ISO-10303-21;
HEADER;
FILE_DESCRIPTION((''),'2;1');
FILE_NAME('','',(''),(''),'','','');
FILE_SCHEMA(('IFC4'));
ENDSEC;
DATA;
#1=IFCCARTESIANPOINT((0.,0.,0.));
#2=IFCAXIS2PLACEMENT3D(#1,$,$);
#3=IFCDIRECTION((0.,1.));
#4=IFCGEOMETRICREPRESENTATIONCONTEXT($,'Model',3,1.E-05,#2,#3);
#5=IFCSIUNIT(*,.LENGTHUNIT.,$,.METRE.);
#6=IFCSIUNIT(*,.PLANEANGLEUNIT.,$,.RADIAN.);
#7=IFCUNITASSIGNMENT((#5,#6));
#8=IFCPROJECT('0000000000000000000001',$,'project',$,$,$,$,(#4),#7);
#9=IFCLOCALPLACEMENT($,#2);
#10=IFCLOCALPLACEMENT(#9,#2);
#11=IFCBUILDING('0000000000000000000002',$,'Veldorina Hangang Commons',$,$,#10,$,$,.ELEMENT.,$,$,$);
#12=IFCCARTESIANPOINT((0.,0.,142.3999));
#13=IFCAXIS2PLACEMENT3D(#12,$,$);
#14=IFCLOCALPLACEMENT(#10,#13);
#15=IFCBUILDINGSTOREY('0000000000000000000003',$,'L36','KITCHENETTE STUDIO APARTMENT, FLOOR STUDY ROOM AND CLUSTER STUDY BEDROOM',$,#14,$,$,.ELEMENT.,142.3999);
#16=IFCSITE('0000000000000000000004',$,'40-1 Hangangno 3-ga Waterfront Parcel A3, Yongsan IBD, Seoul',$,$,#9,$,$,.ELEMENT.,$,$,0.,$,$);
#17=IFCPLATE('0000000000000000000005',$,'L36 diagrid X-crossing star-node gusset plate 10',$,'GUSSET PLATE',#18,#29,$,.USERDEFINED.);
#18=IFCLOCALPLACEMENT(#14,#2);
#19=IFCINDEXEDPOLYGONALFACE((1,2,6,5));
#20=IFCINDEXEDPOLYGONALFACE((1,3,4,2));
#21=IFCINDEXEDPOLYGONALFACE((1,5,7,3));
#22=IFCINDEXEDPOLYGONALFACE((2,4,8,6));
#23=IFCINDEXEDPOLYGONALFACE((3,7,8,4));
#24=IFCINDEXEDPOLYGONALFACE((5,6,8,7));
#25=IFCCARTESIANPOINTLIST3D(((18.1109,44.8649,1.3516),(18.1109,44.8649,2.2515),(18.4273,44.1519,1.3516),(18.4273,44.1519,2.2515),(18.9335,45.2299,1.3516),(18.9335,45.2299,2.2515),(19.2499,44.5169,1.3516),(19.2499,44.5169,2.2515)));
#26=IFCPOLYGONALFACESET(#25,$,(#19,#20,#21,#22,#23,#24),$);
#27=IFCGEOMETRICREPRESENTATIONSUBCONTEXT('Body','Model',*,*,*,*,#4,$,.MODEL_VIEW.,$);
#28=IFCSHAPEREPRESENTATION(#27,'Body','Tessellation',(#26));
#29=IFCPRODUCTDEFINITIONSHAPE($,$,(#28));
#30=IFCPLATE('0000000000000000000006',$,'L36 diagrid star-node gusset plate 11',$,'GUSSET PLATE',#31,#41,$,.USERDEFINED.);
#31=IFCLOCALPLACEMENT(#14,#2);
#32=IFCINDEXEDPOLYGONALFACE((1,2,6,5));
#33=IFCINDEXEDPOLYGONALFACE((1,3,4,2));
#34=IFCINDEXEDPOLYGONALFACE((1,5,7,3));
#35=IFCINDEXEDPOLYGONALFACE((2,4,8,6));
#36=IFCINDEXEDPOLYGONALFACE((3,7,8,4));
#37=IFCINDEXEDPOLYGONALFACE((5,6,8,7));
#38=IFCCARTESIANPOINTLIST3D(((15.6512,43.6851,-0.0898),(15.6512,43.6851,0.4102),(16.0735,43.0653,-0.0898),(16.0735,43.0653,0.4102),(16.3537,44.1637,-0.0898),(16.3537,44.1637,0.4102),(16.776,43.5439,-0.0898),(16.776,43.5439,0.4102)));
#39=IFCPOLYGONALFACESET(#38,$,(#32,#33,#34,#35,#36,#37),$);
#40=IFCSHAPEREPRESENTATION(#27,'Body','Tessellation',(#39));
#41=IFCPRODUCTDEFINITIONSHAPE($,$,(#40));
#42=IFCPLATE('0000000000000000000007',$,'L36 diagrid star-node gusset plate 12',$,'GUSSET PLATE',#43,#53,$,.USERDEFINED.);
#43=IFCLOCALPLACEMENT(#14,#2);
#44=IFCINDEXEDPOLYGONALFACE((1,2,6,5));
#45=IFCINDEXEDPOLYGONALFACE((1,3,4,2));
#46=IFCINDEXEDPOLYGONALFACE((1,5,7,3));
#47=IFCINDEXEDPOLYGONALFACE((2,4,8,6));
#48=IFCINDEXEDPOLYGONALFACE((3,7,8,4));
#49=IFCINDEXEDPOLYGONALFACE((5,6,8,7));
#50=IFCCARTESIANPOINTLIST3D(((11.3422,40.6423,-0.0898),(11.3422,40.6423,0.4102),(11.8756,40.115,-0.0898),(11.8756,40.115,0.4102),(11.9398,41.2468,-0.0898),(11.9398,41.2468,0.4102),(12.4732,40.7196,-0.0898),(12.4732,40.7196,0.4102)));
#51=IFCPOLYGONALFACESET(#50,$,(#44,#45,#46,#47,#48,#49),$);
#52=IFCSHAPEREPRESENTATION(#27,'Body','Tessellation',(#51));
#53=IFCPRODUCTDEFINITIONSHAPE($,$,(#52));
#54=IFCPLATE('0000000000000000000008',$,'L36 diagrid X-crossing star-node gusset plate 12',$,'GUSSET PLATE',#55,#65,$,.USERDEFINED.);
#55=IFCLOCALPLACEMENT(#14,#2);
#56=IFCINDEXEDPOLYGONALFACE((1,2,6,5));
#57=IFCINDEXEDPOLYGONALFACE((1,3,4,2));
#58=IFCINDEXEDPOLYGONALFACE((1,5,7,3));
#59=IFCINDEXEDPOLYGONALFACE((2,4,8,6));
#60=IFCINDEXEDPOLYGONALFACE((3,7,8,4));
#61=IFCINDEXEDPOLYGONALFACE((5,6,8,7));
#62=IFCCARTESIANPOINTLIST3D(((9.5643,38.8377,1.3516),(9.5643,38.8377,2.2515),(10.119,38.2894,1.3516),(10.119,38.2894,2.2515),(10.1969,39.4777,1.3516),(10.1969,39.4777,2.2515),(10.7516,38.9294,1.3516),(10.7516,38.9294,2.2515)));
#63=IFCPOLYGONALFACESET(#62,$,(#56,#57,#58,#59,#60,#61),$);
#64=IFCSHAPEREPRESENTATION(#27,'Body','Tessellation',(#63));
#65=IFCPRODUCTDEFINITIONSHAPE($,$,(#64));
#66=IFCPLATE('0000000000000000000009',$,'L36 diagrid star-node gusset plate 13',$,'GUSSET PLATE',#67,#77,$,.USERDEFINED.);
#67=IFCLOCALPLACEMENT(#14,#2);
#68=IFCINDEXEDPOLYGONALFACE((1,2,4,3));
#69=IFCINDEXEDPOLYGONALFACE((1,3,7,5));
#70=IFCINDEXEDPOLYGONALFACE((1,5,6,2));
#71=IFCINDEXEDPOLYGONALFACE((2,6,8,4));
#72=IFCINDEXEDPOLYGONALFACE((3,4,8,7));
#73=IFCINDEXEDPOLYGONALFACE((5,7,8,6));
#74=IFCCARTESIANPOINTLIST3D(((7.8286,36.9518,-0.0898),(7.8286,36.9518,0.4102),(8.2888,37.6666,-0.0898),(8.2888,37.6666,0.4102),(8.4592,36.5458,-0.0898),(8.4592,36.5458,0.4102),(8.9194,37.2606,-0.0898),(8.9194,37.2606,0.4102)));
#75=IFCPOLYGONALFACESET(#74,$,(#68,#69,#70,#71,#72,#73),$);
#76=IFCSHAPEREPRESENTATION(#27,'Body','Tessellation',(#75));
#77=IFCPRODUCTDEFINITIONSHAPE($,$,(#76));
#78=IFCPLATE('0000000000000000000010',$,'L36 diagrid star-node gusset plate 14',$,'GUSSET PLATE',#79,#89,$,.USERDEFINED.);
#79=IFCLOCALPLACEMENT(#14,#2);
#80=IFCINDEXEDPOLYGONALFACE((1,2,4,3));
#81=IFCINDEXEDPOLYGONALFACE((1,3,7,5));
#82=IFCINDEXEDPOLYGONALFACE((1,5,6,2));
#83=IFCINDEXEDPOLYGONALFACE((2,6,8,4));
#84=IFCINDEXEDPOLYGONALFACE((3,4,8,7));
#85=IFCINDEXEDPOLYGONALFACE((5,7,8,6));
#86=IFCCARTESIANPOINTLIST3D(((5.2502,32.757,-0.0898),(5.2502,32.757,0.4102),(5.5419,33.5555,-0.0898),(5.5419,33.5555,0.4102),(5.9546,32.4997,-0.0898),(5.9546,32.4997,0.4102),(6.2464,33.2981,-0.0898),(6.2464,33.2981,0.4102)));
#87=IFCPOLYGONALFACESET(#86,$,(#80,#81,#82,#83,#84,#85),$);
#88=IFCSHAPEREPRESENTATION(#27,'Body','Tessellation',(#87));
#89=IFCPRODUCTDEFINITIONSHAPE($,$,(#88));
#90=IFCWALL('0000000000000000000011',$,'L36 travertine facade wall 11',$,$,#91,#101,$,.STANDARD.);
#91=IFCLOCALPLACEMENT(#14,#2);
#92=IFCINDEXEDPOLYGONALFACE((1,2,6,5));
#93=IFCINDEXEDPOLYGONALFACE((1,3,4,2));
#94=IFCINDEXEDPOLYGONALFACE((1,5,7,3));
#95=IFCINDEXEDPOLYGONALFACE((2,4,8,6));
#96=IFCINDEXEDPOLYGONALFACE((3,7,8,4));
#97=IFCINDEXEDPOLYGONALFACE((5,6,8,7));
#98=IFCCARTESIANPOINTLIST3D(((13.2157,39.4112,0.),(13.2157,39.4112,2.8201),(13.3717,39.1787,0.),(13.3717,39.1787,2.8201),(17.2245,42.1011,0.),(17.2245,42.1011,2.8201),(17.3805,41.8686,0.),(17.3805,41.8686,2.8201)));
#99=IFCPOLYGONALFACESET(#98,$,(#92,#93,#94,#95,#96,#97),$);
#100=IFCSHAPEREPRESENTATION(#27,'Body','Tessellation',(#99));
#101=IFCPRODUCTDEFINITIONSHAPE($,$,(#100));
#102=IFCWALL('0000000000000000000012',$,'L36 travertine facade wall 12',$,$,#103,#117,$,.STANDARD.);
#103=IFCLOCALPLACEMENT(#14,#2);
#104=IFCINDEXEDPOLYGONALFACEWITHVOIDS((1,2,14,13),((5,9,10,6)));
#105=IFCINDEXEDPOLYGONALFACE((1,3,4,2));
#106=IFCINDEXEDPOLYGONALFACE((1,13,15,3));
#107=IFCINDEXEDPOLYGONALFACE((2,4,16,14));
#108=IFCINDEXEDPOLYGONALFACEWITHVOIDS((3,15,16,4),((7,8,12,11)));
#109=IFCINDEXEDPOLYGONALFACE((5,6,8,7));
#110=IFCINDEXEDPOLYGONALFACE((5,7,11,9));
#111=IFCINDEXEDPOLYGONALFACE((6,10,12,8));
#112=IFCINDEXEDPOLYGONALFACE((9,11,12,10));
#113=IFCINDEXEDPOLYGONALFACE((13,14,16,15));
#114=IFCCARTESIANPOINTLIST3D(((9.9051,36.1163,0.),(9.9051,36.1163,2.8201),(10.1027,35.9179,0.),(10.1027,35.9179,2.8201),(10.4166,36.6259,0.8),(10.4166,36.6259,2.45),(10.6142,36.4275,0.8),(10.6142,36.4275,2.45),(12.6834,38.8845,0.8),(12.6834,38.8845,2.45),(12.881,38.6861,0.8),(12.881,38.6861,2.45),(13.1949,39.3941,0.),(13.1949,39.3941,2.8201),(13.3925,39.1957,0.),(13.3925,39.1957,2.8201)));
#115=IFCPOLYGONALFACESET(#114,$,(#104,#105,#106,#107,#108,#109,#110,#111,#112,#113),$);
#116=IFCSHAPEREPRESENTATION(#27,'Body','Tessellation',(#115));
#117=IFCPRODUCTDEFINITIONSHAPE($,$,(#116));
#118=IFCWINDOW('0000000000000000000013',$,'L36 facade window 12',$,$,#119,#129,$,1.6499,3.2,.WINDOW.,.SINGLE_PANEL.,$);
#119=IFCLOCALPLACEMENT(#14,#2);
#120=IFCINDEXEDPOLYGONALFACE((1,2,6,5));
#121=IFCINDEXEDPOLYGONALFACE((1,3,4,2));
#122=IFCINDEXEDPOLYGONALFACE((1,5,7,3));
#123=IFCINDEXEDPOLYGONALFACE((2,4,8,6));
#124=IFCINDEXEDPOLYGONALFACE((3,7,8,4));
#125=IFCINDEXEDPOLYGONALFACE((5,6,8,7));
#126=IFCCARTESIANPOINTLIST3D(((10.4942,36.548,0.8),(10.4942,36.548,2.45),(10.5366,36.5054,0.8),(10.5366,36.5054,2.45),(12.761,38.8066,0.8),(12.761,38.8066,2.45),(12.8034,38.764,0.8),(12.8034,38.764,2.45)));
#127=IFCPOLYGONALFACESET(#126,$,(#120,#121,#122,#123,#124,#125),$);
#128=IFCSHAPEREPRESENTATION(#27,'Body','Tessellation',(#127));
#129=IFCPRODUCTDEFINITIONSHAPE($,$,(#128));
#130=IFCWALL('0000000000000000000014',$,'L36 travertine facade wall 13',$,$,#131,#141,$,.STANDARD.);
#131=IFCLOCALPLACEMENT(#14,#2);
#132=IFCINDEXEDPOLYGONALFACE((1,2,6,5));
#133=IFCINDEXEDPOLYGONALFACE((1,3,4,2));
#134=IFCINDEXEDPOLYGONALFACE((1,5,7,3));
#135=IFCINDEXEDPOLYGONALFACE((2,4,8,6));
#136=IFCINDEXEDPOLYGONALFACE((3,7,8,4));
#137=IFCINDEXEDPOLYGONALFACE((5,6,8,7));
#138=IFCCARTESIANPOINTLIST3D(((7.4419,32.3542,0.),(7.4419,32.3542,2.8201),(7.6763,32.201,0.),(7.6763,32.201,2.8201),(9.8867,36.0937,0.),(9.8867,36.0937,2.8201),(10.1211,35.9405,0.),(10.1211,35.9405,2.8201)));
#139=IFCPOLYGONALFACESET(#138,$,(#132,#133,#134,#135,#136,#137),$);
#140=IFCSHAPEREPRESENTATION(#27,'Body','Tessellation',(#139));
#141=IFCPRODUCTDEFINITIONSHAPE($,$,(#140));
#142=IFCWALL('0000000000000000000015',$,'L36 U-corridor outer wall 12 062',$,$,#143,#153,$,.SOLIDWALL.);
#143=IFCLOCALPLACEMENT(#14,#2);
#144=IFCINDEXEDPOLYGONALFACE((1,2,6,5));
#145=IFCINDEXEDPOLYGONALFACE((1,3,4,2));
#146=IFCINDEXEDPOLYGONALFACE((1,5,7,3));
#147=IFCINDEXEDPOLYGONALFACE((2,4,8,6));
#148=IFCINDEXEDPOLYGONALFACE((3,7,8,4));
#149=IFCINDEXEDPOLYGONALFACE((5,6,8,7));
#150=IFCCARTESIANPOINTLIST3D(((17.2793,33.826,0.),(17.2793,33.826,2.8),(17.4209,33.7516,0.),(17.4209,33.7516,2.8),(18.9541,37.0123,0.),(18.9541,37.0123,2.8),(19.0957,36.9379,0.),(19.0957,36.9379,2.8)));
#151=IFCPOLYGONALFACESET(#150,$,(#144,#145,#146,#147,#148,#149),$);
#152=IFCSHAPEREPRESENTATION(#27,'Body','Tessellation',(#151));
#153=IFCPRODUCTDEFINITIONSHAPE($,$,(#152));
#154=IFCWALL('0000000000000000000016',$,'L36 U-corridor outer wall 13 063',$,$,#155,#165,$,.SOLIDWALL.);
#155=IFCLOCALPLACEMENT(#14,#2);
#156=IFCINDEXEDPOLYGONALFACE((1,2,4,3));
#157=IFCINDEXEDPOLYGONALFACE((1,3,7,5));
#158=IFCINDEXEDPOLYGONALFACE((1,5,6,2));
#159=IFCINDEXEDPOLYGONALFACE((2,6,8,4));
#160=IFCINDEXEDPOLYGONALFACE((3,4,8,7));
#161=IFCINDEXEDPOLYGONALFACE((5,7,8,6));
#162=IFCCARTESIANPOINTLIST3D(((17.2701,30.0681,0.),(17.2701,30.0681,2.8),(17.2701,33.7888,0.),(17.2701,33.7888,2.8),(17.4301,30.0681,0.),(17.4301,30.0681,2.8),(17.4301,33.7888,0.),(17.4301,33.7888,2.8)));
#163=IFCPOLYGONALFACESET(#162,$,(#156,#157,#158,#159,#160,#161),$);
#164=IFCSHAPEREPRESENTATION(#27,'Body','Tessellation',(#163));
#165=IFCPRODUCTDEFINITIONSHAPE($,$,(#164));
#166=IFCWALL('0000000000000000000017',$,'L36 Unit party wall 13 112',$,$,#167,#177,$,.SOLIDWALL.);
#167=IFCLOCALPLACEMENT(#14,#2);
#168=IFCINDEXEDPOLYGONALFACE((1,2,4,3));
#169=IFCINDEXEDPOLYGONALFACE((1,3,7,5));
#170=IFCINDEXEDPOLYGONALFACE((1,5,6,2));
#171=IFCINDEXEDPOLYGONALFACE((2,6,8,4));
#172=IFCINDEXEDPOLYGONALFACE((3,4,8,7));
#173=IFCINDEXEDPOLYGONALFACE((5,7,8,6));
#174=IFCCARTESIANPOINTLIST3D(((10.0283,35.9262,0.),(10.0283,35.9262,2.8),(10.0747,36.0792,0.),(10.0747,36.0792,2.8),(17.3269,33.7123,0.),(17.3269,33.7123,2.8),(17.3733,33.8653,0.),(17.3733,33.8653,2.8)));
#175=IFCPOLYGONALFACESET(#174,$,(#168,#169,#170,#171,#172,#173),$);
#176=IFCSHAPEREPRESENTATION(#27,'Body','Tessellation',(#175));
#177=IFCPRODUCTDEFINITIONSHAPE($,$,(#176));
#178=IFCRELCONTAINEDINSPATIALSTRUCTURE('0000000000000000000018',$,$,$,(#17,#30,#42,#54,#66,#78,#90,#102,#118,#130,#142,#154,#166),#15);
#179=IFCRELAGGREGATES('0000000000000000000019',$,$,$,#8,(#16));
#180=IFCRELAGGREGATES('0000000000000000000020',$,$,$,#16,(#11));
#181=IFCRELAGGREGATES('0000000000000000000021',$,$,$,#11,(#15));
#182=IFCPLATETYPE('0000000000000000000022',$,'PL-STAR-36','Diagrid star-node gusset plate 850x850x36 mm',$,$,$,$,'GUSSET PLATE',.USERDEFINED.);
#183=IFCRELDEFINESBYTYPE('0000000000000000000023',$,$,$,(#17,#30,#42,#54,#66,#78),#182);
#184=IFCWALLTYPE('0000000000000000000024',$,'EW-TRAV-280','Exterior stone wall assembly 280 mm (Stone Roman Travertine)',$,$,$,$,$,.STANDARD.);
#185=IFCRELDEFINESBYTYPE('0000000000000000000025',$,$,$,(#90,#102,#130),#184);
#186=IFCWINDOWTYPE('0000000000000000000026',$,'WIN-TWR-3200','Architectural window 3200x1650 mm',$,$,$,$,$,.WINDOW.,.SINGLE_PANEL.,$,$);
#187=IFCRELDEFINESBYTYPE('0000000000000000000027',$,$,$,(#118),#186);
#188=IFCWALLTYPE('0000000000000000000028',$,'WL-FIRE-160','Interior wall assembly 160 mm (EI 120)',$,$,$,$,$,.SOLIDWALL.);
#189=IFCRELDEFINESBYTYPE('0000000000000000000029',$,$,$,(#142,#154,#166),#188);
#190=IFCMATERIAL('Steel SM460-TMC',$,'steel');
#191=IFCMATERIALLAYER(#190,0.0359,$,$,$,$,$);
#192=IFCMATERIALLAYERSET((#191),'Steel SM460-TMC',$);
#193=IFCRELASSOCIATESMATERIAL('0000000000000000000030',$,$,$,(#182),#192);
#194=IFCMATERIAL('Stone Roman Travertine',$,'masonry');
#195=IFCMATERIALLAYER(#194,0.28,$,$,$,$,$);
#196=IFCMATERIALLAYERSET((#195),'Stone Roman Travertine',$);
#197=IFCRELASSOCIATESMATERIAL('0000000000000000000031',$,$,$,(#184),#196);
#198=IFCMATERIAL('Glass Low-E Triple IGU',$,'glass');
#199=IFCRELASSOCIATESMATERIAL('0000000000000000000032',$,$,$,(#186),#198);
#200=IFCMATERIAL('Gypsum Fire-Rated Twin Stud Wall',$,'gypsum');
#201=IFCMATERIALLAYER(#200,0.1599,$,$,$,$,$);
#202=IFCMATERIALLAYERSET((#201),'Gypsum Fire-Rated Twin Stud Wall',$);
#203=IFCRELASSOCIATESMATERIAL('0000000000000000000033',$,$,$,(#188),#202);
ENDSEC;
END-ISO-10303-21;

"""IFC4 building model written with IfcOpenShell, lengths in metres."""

from ifc_helpers import new_model, si_unit, direction, frame, frame_2d, origin, origin_2d, place, context, subcontext, project, spatial, rectangle, extrude, material, layer, layer_set, type_object, element, fill, save


model = new_model("IFC4")

# Units and contexts
model_context = context("Model", 3, precision=1e-05, world=origin(), true_north=direction((0.0, 1.0)))
body_context = subcontext(model_context, "Body", "Model", "MODEL_VIEW")
ifc_project = project(units=[si_unit("LENGTHUNIT", "METRE"), si_unit("PLANEANGLEUNIT", "RADIAN")], contexts=[model_context])

# Site, building, storey
site_placement = place(None, origin())
site = spatial("IfcSite", under=ifc_project, at=site_placement, Name="40-1 Hangangno 3-ga Waterfront Parcel A3, Yongsan IBD, Seoul", CompositionType="ELEMENT", RefElevation=0.0)
building_placement = place(site_placement, origin())
building = spatial("IfcBuilding", under=site, at=building_placement, Name="Veldorina Hangang Commons", CompositionType="ELEMENT")
storey_placement = place(building_placement, frame((0.0, 0.0, 142.3999)))
storey = spatial("IfcBuildingStorey", under=building, at=storey_placement, Name="L36", Description="KITCHENETTE STUDIO APARTMENT, FLOOR STUDY ROOM AND CLUSTER STUDY BEDROOM", CompositionType="ELEMENT", Elevation=142.3999)

# Plates
ifc_material_1 = material(Name="Steel SM460-TMC", Category="steel")
ifc_layer_1 = layer(ifc_material_1, 0.0359)
ifc_layer_set_1 = layer_set([ifc_layer_1], Name="Steel SM460-TMC")
plate_type = type_object("IfcPlateType", Name="PL-STAR-36", Description="Diagrid star-node gusset plate 850x850x36 mm", ElementType="GUSSET PLATE", PredefinedType="USERDEFINED", material=ifc_layer_set_1)
plate_1_placement = place(storey_placement, frame((18.6804, 44.6909, 1.3516), z_axis=(0.0, 0.0, 1.0), x_axis=(-0.914042, -0.40562, 0.0)))
element("IfcPlate", 1, at=plate_1_placement, inside=storey, type_object=plate_type, Name="L36 diagrid X-crossing star-node gusset plate 10", ObjectType="GUSSET PLATE", PredefinedType="USERDEFINED", context=body_context, shape_type="SweptSolid", body=[
    extrude(rectangle(XDim=0.8999, YDim=0.78, at=origin_2d()), origin(), (0.0, 0.0, 1.0), 0.8999),
])
for number, where, z_axis, x_axis, name in (
    (2, (16.2136, 43.6145, -0.0898), (0.0, 0.0, 1.0), (-0.826423, -0.56305, 0.0), "L36 diagrid star-node gusset plate 11"),
    (3, (11.9077, 40.6809, -0.0898), (0.0, 0.0, 1.0), (-0.70301, -0.71118, 0.0), "L36 diagrid star-node gusset plate 12"),
):
    element("IfcPlate", number, at=place(storey_placement, frame(where, z_axis=z_axis, x_axis=x_axis)), inside=storey, type_object=plate_type, Name=name, ObjectType="GUSSET PLATE", PredefinedType="USERDEFINED", context=body_context, shape_type="SweptSolid", body=[
        extrude(rectangle(XDim=0.8501, YDim=0.75, at=origin_2d()), origin(), (0.0, 0.0, 1.0), 0.5),
    ])
plate_2_placement = place(storey_placement, frame((10.158, 38.8835, 1.3516), z_axis=(0.0, 0.0, 1.0), x_axis=(-0.70301, -0.71118, 0.0)))
element("IfcPlate", 4, at=plate_2_placement, inside=storey, type_object=plate_type, Name="L36 diagrid X-crossing star-node gusset plate 12", ObjectType="GUSSET PLATE", PredefinedType="USERDEFINED", context=body_context, shape_type="SweptSolid", body=[
    extrude(rectangle(XDim=0.8999, YDim=0.78, at=origin_2d()), origin(), (0.0, 0.0, 1.0), 0.8999),
])
for number, where, z_axis, x_axis, name in (
    (5, (8.374, 37.1062, -0.0898), (0.0, 0.0, 1.0), (-0.541327, -0.840812, 0.0), "L36 diagrid star-node gusset plate 13"),
    (6, (5.7483, 33.0276, -0.0898), (0.0, 0.0, 1.0), (-0.343184, -0.939268, 0.0), "L36 diagrid star-node gusset plate 14"),
):
    element("IfcPlate", number, at=place(storey_placement, frame(where, z_axis=z_axis, x_axis=x_axis)), inside=storey, type_object=plate_type, Name=name, ObjectType="GUSSET PLATE", PredefinedType="USERDEFINED", context=body_context, shape_type="SweptSolid", body=[
        extrude(rectangle(XDim=0.8501, YDim=0.75, at=origin_2d()), origin(), (0.0, 0.0, 1.0), 0.5),
    ])

# Wall
ifc_material_2 = material(Name="Stone Roman Travertine", Category="masonry")
ifc_layer_2 = layer(ifc_material_2, 0.28)
ifc_layer_set_2 = layer_set([ifc_layer_2], Name="Stone Roman Travertine")
wall_type_1 = type_object("IfcWallType", Name="EW-TRAV-280", Description="Exterior stone wall assembly 280 mm (Stone Roman Travertine)", PredefinedType="STANDARD", material=ifc_layer_set_2)
wall_1_placement = place(storey_placement, frame((17.3025, 41.9849, 0.0), z_axis=(0.0, 0.0, 1.0), x_axis=(-0.830382, -0.557195, 0.0)))
element("IfcWall", 7, at=wall_1_placement, inside=storey, type_object=wall_type_1, Name="L36 travertine facade wall 11", PredefinedType="STANDARD", context=body_context, shape_type="SweptSolid", body=[
    extrude(rectangle(XDim=4.8276, YDim=0.28, at=frame_2d((2.4138, 0.0))), origin(), (0.0, 0.0, 1.0), 2.8201),
])

# Wall, opening, window
wall_2_placement = place(storey_placement, frame((13.2937, 39.2949, 0.0), z_axis=(0.0, 0.0, 1.0), x_axis=(-0.708394, -0.705818, 0.0)))
wall_2 = element("IfcWall", 8, at=wall_2_placement, inside=storey, type_object=wall_type_1, Name="L36 travertine facade wall 12", PredefinedType="STANDARD", context=body_context, shape_type="SweptSolid", body=[
    extrude(rectangle(XDim=4.644, YDim=0.28, at=frame_2d((2.322, 0.0))), origin(), (0.0, 0.0, 1.0), 2.8201),
])
opening_1_placement = place(wall_2_placement, frame((0.7219, 0.0, 0.8)))
opening_1 = element("IfcOpeningElement", 9, at=opening_1_placement, cuts=wall_2, PredefinedType="OPENING", context=body_context, shape_type="SweptSolid", body=[
    extrude(rectangle(XDim=3.2, YDim=1.6499, at=frame_2d((1.6001, 0.825))), frame((0.0, 0.1499, 0.0), z_axis=(0.0, -1.0, 0.0), x_axis=(1.0, 0.0, 0.0)), (0.0, 0.0, 1.0), 0.3),
])
ifc_material_3 = material(Name="Glass Low-E Triple IGU", Category="glass")
window_type = type_object("IfcWindowType", Name="WIN-TWR-3200", Description="Architectural window 3200x1650 mm", PartitioningType="SINGLE_PANEL", PredefinedType="WINDOW", material=ifc_material_3)
window_placement = place(opening_1_placement, origin())
window = element("IfcWindow", 10, at=window_placement, inside=storey, type_object=window_type, Name="L36 facade window 12", OverallHeight=1.6499, OverallWidth=3.2, PartitioningType="SINGLE_PANEL", PredefinedType="WINDOW", context=body_context, shape_type="SweptSolid", body=[
    extrude(rectangle(XDim=3.2, YDim=1.6499, at=frame_2d((1.6001, 0.825))), frame((0.0, 0.03, 0.0), z_axis=(0.0, -1.0, 0.0), x_axis=(1.0, 0.0, 0.0)), (0.0, 0.0, 1.0), 0.0601),
])
fill(opening_1, window)

# Walls
wall_3_placement = place(storey_placement, frame((10.0039, 36.0171, 0.0), z_axis=(0.0, 0.0, 1.0), x_axis=(-0.547213, -0.836994, 0.0)))
element("IfcWall", 11, at=wall_3_placement, inside=storey, type_object=wall_type_1, Name="L36 travertine facade wall 13", PredefinedType="STANDARD", context=body_context, shape_type="SweptSolid", body=[
    extrude(rectangle(XDim=4.4678, YDim=0.28, at=frame_2d((2.2339, 0.0))), origin(), (0.0, 0.0, 1.0), 2.8201),
])
ifc_material_4 = material(Name="Gypsum Fire-Rated Twin Stud Wall", Category="gypsum")
ifc_layer_3 = layer(ifc_material_4, 0.1599)
ifc_layer_set_3 = layer_set([ifc_layer_3], Name="Gypsum Fire-Rated Twin Stud Wall")
wall_type_2 = type_object("IfcWallType", Name="WL-FIRE-160", Description="Interior wall assembly 160 mm (EI 120)", PredefinedType="SOLIDWALL", material=ifc_layer_set_3)
wall_4_placement = place(storey_placement, frame((19.0249, 36.9751, 0.0), z_axis=(0.0, 0.0, 1.0), x_axis=(-0.465271, -0.885168, 0.0)))
element("IfcWall", 12, at=wall_4_placement, inside=storey, type_object=wall_type_2, Name="L36 U-corridor outer wall 12 062", PredefinedType="SOLIDWALL", context=body_context, shape_type="SweptSolid", body=[
    extrude(rectangle(XDim=3.5996, YDim=0.1599, at=frame_2d((1.7998, 0.0))), origin(), (0.0, 0.0, 1.0), 2.8),
])
wall_5_placement = place(storey_placement, frame((17.3501, 33.7888, 0.0), z_axis=(0.0, 0.0, 1.0), x_axis=(0.0, -1.0, 0.0)))
element("IfcWall", 13, at=wall_5_placement, inside=storey, type_object=wall_type_2, Name="L36 U-corridor outer wall 13 063", PredefinedType="SOLIDWALL", context=body_context, shape_type="SweptSolid", body=[
    extrude(rectangle(XDim=3.7207, YDim=0.1599, at=frame_2d((1.8604, 0.0))), origin(), (0.0, 0.0, 1.0), 2.8),
])
wall_6_placement = place(storey_placement, frame((17.3501, 33.7888, 0.0), z_axis=(0.0, 0.0, 1.0), x_axis=(-0.956945, 0.290269, 0.0)))
element("IfcWall", 14, at=wall_6_placement, inside=storey, type_object=wall_type_2, Name="L36 Unit party wall 13 112", PredefinedType="SOLIDWALL", context=body_context, shape_type="SweptSolid", body=[
    extrude(rectangle(XDim=7.627, YDim=0.1599, at=frame_2d((3.8135, 0.0))), origin(), (0.0, 0.0, 1.0), 2.8),
])

save(model, "model.ifc")
